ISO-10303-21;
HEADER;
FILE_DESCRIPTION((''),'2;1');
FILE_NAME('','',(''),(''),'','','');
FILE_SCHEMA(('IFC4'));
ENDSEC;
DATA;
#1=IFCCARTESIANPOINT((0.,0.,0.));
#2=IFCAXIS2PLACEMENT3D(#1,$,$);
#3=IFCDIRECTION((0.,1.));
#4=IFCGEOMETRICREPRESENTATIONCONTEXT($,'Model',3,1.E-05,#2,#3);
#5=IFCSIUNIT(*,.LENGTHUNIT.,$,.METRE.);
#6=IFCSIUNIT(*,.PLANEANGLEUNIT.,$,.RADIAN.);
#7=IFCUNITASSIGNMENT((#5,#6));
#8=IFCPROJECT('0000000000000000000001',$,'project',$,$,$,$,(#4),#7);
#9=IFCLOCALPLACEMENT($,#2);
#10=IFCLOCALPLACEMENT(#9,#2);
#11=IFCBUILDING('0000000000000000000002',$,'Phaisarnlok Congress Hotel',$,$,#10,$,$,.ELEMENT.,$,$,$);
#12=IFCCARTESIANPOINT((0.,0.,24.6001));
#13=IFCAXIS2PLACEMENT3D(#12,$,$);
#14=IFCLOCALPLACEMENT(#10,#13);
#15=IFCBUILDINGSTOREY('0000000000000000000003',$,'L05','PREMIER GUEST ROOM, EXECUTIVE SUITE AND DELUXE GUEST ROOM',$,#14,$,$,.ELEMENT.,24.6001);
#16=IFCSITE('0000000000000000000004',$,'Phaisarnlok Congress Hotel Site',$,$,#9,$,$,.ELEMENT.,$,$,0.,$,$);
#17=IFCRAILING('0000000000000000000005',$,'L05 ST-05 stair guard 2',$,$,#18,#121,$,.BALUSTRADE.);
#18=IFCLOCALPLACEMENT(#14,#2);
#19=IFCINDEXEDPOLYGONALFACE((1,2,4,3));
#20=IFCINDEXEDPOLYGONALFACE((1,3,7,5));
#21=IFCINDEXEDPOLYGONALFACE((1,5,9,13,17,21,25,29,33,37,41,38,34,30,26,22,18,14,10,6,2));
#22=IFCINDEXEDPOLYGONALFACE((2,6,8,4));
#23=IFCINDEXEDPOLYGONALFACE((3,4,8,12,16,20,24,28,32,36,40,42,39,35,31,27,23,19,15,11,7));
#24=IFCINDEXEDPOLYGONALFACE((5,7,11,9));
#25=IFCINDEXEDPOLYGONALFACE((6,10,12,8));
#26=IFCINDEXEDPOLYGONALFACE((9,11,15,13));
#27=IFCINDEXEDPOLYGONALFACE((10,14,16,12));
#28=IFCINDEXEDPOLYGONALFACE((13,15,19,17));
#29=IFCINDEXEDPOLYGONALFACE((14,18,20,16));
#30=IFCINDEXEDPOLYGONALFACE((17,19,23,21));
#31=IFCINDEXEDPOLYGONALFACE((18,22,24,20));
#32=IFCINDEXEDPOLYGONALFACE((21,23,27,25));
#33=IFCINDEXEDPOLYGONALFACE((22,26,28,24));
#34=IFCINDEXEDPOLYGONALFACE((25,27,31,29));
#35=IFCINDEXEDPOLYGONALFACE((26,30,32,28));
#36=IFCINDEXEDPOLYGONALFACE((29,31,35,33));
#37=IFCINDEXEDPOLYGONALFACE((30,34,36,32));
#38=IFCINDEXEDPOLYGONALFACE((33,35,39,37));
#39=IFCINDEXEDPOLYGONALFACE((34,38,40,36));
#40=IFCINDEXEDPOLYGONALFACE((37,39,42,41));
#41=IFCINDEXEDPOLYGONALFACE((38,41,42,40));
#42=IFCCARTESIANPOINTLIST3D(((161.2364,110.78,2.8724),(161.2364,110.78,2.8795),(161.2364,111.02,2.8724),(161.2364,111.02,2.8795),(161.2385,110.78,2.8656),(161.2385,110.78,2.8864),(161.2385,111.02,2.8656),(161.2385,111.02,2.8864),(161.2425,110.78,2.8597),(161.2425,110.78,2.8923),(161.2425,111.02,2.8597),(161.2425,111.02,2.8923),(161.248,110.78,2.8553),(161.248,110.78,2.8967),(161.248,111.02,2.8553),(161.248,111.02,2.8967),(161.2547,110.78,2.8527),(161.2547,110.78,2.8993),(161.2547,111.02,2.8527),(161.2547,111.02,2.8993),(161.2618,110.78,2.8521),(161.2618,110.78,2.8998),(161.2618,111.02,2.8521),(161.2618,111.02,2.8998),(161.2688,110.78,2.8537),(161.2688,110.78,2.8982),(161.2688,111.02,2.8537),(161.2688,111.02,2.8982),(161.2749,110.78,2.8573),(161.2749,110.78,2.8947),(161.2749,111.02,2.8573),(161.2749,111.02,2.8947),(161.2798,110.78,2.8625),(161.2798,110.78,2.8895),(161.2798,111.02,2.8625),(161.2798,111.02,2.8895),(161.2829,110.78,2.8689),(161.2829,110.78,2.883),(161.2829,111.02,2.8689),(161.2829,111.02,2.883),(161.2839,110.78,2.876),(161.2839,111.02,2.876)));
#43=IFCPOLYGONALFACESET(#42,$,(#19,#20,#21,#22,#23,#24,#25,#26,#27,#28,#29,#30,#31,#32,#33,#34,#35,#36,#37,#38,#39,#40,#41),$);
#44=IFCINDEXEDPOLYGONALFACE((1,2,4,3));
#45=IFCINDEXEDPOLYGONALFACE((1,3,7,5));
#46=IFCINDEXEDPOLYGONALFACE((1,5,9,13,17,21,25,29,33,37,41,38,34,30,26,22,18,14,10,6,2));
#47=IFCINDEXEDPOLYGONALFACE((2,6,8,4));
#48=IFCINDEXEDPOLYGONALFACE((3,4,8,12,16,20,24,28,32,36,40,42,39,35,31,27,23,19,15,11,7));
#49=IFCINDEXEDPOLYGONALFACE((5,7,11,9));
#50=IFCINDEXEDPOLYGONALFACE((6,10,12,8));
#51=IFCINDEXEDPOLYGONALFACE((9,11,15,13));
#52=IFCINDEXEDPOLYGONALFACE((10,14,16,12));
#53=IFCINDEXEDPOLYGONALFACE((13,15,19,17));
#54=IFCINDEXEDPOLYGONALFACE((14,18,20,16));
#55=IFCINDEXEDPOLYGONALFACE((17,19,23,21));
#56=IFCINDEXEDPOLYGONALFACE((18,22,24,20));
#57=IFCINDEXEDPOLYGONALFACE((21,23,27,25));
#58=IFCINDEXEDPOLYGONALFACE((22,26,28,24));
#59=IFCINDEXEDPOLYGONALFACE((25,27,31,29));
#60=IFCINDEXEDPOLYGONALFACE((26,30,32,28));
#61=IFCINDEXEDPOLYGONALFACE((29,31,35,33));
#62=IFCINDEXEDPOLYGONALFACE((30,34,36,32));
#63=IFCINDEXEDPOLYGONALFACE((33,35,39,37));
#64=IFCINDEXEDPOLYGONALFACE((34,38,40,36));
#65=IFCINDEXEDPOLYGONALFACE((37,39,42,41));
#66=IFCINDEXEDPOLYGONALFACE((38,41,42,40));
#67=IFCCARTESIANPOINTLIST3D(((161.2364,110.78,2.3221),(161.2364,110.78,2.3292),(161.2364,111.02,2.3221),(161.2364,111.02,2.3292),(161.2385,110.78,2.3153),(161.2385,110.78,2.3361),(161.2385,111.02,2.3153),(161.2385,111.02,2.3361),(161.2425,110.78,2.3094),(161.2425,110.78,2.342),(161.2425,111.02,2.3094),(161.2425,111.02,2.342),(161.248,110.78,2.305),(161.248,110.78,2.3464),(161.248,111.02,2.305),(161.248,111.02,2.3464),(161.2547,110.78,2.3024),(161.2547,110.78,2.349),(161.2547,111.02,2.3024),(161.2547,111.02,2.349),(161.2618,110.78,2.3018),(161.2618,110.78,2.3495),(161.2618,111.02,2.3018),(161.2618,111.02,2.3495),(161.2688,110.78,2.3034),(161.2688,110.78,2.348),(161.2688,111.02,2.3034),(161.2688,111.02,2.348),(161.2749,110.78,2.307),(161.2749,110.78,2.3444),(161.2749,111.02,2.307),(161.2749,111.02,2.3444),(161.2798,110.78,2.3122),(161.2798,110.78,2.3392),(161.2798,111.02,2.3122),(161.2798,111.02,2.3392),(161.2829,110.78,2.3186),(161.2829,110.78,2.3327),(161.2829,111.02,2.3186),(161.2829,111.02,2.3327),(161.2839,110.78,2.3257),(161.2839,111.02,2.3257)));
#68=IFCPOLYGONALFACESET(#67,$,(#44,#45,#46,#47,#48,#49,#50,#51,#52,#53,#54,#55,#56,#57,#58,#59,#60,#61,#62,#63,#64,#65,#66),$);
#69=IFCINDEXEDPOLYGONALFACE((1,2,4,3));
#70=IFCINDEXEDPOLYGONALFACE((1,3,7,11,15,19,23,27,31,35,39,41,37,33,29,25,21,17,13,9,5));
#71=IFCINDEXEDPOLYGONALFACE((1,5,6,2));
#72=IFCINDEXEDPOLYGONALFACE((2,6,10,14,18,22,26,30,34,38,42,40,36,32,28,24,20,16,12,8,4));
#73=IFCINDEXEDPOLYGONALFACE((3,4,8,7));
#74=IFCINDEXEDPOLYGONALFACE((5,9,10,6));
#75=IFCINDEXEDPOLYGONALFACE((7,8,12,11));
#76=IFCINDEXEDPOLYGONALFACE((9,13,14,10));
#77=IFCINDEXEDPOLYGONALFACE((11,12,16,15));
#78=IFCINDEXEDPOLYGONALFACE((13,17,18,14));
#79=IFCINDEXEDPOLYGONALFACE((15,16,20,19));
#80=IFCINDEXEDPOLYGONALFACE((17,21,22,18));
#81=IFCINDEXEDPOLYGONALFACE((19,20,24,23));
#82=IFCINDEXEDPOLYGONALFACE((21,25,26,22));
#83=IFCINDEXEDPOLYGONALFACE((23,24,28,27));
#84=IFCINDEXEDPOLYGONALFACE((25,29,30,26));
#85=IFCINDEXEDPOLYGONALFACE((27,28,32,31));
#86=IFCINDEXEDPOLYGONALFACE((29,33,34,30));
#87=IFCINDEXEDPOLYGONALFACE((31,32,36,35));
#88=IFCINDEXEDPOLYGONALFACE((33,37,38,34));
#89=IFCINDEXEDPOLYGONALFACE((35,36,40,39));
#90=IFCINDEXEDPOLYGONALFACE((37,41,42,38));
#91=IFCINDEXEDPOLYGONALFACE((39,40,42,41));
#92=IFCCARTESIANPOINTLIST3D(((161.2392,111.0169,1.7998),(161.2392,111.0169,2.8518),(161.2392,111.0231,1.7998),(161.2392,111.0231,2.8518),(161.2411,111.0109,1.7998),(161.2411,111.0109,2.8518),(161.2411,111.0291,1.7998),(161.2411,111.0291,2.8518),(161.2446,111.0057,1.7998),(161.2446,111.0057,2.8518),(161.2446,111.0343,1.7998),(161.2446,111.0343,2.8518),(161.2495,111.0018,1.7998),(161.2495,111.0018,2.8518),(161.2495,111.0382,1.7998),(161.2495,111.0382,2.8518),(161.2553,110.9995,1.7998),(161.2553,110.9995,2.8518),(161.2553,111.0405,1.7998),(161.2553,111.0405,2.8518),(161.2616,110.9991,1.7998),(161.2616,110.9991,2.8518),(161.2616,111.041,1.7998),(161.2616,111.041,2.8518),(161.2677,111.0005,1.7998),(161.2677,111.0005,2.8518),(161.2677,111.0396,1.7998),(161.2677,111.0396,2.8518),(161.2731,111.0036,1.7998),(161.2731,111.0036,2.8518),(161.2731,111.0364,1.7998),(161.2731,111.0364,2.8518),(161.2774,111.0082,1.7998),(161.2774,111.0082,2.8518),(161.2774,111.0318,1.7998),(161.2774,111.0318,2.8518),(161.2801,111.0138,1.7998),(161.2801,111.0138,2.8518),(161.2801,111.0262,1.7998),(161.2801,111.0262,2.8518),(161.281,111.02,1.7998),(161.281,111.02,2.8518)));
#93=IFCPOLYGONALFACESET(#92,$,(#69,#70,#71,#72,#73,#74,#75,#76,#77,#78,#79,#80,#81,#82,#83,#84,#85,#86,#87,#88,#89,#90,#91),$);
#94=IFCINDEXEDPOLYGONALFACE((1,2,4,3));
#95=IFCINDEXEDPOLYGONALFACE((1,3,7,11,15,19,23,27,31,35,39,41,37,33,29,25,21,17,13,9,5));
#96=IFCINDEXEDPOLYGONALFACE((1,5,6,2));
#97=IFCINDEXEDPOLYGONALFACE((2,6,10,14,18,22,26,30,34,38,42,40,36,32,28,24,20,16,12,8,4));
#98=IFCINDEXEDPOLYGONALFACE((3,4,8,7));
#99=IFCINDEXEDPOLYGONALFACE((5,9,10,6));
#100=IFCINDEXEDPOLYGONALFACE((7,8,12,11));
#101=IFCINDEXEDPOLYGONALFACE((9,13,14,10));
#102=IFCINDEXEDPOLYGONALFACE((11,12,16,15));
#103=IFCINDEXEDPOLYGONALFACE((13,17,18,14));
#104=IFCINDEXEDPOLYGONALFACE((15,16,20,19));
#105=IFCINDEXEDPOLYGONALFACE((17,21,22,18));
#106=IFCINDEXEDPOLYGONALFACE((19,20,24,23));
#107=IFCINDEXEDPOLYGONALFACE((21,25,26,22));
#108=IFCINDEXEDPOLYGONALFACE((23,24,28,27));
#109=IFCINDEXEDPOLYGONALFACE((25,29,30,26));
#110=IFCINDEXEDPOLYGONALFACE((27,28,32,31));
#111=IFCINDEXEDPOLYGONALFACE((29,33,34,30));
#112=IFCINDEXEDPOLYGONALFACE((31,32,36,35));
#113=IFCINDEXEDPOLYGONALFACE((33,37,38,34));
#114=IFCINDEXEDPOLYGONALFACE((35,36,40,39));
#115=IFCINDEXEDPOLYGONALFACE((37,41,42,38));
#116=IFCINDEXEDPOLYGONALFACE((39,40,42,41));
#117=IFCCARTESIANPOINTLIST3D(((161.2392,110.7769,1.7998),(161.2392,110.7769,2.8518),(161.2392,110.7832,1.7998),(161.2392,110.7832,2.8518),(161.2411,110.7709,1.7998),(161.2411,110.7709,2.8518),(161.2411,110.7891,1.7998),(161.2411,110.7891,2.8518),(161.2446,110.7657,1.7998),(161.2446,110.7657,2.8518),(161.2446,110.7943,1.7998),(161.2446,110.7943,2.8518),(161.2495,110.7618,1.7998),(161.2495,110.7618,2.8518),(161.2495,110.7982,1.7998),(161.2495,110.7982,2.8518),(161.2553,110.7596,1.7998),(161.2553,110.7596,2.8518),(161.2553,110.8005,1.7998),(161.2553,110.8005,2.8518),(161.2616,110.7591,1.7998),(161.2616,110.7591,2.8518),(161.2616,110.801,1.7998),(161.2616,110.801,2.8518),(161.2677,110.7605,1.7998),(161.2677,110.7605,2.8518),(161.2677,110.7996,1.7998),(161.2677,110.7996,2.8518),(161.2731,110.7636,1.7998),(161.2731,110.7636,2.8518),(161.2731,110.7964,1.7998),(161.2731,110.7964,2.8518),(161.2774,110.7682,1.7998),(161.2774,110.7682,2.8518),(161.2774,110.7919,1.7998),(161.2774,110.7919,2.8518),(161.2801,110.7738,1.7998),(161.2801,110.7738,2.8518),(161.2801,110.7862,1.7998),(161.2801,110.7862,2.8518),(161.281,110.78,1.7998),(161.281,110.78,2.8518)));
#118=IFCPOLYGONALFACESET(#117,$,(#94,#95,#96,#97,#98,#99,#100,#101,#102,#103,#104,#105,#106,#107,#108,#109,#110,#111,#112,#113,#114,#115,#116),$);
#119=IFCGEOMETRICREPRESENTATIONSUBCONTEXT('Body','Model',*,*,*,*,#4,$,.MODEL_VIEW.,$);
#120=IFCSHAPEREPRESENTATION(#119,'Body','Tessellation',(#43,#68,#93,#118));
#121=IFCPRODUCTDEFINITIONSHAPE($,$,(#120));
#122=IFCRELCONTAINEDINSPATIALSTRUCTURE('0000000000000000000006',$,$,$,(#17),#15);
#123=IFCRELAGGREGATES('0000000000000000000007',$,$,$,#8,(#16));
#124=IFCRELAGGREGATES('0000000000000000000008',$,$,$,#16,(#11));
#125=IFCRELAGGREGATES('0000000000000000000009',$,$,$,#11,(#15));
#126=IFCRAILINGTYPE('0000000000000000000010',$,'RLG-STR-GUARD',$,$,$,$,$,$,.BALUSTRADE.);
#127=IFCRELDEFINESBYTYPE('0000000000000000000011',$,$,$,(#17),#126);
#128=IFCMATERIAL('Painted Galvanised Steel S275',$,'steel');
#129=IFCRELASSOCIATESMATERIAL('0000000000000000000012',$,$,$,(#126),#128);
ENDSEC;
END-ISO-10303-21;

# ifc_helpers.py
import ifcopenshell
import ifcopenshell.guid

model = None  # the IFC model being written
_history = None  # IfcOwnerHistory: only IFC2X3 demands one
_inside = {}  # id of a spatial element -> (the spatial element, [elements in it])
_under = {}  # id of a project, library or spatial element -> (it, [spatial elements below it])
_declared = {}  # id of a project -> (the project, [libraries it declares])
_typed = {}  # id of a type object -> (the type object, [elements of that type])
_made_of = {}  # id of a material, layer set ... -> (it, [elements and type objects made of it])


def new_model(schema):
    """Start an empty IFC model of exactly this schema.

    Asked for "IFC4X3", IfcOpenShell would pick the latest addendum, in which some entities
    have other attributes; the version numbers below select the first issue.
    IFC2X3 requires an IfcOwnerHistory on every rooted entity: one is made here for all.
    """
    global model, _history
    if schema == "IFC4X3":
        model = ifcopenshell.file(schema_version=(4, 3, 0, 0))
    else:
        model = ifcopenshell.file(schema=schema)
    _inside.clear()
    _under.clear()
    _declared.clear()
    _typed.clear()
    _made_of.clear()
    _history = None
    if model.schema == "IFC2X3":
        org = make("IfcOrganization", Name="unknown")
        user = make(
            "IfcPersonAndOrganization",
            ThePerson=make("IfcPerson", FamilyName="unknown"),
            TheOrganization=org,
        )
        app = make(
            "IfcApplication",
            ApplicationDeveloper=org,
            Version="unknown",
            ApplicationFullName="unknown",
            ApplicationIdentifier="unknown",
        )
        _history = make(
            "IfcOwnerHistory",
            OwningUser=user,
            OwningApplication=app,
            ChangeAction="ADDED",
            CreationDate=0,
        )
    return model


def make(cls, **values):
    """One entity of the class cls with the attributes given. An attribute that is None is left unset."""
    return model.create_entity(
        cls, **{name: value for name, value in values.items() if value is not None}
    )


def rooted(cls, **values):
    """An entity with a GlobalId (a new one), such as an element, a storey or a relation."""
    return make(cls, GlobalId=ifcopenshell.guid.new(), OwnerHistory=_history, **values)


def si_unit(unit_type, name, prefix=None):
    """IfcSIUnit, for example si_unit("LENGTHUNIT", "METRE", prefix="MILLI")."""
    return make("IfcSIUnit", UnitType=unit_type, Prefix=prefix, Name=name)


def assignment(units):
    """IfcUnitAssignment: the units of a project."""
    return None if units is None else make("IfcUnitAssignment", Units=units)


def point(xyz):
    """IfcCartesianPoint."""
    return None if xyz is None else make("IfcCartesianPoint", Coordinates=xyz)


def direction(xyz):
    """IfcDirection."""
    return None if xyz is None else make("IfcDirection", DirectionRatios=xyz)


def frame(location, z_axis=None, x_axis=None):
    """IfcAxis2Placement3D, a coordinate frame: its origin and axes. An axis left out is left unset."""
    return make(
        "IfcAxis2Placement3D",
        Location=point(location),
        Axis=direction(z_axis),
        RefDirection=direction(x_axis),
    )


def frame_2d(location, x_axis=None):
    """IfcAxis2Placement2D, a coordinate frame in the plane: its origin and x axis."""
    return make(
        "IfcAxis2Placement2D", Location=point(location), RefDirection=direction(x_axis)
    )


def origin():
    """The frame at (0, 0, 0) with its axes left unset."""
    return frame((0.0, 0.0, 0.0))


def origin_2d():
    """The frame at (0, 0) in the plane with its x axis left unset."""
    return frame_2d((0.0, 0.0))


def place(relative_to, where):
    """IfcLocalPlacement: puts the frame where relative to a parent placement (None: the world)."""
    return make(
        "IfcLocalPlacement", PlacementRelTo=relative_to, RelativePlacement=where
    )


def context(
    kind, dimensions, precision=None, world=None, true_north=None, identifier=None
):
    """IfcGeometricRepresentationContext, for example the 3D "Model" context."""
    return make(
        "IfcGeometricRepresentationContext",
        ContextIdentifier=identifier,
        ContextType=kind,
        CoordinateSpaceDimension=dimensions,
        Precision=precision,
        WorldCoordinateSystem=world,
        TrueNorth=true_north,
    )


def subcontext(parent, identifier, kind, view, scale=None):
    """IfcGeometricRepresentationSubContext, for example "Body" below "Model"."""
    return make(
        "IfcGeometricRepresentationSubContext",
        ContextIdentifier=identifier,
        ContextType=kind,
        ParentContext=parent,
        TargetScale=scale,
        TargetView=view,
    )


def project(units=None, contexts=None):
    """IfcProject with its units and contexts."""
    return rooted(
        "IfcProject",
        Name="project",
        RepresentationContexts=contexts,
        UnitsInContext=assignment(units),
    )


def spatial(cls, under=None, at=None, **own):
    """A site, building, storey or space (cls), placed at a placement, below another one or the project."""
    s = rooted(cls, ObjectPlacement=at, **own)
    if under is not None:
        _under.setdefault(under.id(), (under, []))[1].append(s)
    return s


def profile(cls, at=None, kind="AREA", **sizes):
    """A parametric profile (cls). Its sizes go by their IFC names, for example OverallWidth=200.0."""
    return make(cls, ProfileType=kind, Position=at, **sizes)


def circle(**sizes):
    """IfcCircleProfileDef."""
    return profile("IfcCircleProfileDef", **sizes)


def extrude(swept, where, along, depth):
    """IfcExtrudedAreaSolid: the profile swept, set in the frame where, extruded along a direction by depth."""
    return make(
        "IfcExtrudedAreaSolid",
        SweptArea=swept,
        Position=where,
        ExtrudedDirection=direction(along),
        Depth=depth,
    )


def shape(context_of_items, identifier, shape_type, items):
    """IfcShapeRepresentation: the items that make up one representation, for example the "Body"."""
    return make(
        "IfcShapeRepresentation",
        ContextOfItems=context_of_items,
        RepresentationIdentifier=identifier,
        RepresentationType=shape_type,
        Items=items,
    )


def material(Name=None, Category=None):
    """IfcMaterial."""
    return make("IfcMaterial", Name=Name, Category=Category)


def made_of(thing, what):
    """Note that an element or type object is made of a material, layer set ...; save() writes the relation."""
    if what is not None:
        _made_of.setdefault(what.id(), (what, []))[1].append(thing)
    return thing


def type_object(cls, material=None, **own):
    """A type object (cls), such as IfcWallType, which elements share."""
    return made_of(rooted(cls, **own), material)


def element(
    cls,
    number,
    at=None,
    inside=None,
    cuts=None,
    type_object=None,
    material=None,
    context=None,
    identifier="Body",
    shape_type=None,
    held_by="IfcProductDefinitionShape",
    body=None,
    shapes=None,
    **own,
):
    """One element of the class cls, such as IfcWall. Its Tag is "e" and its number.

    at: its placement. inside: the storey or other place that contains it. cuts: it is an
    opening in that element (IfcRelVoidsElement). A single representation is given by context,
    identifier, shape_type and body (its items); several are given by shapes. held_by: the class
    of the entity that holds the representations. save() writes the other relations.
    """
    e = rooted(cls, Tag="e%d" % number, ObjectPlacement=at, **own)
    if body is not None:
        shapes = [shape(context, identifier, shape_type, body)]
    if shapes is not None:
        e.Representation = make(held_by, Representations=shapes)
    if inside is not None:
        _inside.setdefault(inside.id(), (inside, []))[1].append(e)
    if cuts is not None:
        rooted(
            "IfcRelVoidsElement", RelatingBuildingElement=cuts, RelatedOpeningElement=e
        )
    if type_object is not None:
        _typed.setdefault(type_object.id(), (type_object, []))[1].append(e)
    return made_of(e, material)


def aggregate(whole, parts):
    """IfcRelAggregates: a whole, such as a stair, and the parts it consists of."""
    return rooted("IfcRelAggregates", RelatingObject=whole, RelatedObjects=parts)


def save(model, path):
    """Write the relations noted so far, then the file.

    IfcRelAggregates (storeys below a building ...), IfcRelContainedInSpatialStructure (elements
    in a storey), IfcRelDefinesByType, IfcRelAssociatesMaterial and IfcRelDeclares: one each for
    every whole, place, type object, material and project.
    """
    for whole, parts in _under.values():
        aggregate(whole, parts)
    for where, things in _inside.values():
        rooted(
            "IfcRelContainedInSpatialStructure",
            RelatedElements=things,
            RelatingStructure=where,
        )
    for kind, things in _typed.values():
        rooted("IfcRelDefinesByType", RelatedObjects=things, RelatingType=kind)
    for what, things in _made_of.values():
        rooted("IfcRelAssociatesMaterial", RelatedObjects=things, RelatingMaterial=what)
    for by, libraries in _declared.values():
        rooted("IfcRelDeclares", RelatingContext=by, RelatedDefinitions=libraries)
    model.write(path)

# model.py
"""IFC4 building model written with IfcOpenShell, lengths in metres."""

from ifc_helpers import new_model, si_unit, direction, frame, origin, origin_2d, place, context, subcontext, project, spatial, circle, extrude, material, type_object, element, save


model = new_model("IFC4")

# Units and contexts
model_context = context("Model", 3, precision=1e-05, world=origin(), true_north=direction((0.0, 1.0)))
body_context = subcontext(model_context, "Body", "Model", "MODEL_VIEW")
ifc_project = project(units=[si_unit("LENGTHUNIT", "METRE"), si_unit("PLANEANGLEUNIT", "RADIAN")], contexts=[model_context])

# Site, building, storey
site_placement = place(None, origin())
site = spatial("IfcSite", under=ifc_project, at=site_placement, Name="Phaisarnlok Congress Hotel Site", CompositionType="ELEMENT", RefElevation=0.0)
building_placement = place(site_placement, origin())
building = spatial("IfcBuilding", under=site, at=building_placement, Name="Phaisarnlok Congress Hotel", CompositionType="ELEMENT")
storey_placement = place(building_placement, frame((0.0, 0.0, 24.6001)))
storey = spatial("IfcBuildingStorey", under=building, at=storey_placement, Name="L05", Description="PREMIER GUEST ROOM, EXECUTIVE SUITE AND DELUXE GUEST ROOM", CompositionType="ELEMENT", Elevation=24.6001)

# Railing
ifc_material_1 = material(Name="Painted Galvanised Steel S275", Category="steel")
railing_type_1 = type_object("IfcRailingType", Name="RLG-STR-GUARD", PredefinedType="BALUSTRADE", material=ifc_material_1)
railing_1_placement = place(storey_placement, frame((161.26, 111.02, 1.7998)))
element("IfcRailing", 1, at=railing_1_placement, inside=storey, type_object=railing_type_1, Name="L05 ST-05 stair guard 2", PredefinedType="BALUSTRADE", context=body_context, shape_type="SweptSolid", body=[
    extrude(circle(Radius=0.0239, at=origin_2d()), frame((0.0, 0.0, 1.0762), z_axis=(0.0, -1.0, 0.0), x_axis=(1.0, 0.0, 0.0)), (0.0, 0.0, 1.0), 0.24),
    extrude(circle(Radius=0.0239, at=origin_2d()), frame((0.0, 0.0, 0.5259), z_axis=(0.0, -1.0, 0.0), x_axis=(1.0, 0.0, 0.0)), (0.0, 0.0, 1.0), 0.24),
    extrude(circle(Radius=0.021, at=origin_2d()), origin(), (0.0, 0.0, 1.0), 1.052),
    extrude(circle(Radius=0.021, at=origin_2d()), frame((0.0, -0.24, 0.0)), (0.0, 0.0, 1.0), 1.052),
])

save(model, "model.ifc")
